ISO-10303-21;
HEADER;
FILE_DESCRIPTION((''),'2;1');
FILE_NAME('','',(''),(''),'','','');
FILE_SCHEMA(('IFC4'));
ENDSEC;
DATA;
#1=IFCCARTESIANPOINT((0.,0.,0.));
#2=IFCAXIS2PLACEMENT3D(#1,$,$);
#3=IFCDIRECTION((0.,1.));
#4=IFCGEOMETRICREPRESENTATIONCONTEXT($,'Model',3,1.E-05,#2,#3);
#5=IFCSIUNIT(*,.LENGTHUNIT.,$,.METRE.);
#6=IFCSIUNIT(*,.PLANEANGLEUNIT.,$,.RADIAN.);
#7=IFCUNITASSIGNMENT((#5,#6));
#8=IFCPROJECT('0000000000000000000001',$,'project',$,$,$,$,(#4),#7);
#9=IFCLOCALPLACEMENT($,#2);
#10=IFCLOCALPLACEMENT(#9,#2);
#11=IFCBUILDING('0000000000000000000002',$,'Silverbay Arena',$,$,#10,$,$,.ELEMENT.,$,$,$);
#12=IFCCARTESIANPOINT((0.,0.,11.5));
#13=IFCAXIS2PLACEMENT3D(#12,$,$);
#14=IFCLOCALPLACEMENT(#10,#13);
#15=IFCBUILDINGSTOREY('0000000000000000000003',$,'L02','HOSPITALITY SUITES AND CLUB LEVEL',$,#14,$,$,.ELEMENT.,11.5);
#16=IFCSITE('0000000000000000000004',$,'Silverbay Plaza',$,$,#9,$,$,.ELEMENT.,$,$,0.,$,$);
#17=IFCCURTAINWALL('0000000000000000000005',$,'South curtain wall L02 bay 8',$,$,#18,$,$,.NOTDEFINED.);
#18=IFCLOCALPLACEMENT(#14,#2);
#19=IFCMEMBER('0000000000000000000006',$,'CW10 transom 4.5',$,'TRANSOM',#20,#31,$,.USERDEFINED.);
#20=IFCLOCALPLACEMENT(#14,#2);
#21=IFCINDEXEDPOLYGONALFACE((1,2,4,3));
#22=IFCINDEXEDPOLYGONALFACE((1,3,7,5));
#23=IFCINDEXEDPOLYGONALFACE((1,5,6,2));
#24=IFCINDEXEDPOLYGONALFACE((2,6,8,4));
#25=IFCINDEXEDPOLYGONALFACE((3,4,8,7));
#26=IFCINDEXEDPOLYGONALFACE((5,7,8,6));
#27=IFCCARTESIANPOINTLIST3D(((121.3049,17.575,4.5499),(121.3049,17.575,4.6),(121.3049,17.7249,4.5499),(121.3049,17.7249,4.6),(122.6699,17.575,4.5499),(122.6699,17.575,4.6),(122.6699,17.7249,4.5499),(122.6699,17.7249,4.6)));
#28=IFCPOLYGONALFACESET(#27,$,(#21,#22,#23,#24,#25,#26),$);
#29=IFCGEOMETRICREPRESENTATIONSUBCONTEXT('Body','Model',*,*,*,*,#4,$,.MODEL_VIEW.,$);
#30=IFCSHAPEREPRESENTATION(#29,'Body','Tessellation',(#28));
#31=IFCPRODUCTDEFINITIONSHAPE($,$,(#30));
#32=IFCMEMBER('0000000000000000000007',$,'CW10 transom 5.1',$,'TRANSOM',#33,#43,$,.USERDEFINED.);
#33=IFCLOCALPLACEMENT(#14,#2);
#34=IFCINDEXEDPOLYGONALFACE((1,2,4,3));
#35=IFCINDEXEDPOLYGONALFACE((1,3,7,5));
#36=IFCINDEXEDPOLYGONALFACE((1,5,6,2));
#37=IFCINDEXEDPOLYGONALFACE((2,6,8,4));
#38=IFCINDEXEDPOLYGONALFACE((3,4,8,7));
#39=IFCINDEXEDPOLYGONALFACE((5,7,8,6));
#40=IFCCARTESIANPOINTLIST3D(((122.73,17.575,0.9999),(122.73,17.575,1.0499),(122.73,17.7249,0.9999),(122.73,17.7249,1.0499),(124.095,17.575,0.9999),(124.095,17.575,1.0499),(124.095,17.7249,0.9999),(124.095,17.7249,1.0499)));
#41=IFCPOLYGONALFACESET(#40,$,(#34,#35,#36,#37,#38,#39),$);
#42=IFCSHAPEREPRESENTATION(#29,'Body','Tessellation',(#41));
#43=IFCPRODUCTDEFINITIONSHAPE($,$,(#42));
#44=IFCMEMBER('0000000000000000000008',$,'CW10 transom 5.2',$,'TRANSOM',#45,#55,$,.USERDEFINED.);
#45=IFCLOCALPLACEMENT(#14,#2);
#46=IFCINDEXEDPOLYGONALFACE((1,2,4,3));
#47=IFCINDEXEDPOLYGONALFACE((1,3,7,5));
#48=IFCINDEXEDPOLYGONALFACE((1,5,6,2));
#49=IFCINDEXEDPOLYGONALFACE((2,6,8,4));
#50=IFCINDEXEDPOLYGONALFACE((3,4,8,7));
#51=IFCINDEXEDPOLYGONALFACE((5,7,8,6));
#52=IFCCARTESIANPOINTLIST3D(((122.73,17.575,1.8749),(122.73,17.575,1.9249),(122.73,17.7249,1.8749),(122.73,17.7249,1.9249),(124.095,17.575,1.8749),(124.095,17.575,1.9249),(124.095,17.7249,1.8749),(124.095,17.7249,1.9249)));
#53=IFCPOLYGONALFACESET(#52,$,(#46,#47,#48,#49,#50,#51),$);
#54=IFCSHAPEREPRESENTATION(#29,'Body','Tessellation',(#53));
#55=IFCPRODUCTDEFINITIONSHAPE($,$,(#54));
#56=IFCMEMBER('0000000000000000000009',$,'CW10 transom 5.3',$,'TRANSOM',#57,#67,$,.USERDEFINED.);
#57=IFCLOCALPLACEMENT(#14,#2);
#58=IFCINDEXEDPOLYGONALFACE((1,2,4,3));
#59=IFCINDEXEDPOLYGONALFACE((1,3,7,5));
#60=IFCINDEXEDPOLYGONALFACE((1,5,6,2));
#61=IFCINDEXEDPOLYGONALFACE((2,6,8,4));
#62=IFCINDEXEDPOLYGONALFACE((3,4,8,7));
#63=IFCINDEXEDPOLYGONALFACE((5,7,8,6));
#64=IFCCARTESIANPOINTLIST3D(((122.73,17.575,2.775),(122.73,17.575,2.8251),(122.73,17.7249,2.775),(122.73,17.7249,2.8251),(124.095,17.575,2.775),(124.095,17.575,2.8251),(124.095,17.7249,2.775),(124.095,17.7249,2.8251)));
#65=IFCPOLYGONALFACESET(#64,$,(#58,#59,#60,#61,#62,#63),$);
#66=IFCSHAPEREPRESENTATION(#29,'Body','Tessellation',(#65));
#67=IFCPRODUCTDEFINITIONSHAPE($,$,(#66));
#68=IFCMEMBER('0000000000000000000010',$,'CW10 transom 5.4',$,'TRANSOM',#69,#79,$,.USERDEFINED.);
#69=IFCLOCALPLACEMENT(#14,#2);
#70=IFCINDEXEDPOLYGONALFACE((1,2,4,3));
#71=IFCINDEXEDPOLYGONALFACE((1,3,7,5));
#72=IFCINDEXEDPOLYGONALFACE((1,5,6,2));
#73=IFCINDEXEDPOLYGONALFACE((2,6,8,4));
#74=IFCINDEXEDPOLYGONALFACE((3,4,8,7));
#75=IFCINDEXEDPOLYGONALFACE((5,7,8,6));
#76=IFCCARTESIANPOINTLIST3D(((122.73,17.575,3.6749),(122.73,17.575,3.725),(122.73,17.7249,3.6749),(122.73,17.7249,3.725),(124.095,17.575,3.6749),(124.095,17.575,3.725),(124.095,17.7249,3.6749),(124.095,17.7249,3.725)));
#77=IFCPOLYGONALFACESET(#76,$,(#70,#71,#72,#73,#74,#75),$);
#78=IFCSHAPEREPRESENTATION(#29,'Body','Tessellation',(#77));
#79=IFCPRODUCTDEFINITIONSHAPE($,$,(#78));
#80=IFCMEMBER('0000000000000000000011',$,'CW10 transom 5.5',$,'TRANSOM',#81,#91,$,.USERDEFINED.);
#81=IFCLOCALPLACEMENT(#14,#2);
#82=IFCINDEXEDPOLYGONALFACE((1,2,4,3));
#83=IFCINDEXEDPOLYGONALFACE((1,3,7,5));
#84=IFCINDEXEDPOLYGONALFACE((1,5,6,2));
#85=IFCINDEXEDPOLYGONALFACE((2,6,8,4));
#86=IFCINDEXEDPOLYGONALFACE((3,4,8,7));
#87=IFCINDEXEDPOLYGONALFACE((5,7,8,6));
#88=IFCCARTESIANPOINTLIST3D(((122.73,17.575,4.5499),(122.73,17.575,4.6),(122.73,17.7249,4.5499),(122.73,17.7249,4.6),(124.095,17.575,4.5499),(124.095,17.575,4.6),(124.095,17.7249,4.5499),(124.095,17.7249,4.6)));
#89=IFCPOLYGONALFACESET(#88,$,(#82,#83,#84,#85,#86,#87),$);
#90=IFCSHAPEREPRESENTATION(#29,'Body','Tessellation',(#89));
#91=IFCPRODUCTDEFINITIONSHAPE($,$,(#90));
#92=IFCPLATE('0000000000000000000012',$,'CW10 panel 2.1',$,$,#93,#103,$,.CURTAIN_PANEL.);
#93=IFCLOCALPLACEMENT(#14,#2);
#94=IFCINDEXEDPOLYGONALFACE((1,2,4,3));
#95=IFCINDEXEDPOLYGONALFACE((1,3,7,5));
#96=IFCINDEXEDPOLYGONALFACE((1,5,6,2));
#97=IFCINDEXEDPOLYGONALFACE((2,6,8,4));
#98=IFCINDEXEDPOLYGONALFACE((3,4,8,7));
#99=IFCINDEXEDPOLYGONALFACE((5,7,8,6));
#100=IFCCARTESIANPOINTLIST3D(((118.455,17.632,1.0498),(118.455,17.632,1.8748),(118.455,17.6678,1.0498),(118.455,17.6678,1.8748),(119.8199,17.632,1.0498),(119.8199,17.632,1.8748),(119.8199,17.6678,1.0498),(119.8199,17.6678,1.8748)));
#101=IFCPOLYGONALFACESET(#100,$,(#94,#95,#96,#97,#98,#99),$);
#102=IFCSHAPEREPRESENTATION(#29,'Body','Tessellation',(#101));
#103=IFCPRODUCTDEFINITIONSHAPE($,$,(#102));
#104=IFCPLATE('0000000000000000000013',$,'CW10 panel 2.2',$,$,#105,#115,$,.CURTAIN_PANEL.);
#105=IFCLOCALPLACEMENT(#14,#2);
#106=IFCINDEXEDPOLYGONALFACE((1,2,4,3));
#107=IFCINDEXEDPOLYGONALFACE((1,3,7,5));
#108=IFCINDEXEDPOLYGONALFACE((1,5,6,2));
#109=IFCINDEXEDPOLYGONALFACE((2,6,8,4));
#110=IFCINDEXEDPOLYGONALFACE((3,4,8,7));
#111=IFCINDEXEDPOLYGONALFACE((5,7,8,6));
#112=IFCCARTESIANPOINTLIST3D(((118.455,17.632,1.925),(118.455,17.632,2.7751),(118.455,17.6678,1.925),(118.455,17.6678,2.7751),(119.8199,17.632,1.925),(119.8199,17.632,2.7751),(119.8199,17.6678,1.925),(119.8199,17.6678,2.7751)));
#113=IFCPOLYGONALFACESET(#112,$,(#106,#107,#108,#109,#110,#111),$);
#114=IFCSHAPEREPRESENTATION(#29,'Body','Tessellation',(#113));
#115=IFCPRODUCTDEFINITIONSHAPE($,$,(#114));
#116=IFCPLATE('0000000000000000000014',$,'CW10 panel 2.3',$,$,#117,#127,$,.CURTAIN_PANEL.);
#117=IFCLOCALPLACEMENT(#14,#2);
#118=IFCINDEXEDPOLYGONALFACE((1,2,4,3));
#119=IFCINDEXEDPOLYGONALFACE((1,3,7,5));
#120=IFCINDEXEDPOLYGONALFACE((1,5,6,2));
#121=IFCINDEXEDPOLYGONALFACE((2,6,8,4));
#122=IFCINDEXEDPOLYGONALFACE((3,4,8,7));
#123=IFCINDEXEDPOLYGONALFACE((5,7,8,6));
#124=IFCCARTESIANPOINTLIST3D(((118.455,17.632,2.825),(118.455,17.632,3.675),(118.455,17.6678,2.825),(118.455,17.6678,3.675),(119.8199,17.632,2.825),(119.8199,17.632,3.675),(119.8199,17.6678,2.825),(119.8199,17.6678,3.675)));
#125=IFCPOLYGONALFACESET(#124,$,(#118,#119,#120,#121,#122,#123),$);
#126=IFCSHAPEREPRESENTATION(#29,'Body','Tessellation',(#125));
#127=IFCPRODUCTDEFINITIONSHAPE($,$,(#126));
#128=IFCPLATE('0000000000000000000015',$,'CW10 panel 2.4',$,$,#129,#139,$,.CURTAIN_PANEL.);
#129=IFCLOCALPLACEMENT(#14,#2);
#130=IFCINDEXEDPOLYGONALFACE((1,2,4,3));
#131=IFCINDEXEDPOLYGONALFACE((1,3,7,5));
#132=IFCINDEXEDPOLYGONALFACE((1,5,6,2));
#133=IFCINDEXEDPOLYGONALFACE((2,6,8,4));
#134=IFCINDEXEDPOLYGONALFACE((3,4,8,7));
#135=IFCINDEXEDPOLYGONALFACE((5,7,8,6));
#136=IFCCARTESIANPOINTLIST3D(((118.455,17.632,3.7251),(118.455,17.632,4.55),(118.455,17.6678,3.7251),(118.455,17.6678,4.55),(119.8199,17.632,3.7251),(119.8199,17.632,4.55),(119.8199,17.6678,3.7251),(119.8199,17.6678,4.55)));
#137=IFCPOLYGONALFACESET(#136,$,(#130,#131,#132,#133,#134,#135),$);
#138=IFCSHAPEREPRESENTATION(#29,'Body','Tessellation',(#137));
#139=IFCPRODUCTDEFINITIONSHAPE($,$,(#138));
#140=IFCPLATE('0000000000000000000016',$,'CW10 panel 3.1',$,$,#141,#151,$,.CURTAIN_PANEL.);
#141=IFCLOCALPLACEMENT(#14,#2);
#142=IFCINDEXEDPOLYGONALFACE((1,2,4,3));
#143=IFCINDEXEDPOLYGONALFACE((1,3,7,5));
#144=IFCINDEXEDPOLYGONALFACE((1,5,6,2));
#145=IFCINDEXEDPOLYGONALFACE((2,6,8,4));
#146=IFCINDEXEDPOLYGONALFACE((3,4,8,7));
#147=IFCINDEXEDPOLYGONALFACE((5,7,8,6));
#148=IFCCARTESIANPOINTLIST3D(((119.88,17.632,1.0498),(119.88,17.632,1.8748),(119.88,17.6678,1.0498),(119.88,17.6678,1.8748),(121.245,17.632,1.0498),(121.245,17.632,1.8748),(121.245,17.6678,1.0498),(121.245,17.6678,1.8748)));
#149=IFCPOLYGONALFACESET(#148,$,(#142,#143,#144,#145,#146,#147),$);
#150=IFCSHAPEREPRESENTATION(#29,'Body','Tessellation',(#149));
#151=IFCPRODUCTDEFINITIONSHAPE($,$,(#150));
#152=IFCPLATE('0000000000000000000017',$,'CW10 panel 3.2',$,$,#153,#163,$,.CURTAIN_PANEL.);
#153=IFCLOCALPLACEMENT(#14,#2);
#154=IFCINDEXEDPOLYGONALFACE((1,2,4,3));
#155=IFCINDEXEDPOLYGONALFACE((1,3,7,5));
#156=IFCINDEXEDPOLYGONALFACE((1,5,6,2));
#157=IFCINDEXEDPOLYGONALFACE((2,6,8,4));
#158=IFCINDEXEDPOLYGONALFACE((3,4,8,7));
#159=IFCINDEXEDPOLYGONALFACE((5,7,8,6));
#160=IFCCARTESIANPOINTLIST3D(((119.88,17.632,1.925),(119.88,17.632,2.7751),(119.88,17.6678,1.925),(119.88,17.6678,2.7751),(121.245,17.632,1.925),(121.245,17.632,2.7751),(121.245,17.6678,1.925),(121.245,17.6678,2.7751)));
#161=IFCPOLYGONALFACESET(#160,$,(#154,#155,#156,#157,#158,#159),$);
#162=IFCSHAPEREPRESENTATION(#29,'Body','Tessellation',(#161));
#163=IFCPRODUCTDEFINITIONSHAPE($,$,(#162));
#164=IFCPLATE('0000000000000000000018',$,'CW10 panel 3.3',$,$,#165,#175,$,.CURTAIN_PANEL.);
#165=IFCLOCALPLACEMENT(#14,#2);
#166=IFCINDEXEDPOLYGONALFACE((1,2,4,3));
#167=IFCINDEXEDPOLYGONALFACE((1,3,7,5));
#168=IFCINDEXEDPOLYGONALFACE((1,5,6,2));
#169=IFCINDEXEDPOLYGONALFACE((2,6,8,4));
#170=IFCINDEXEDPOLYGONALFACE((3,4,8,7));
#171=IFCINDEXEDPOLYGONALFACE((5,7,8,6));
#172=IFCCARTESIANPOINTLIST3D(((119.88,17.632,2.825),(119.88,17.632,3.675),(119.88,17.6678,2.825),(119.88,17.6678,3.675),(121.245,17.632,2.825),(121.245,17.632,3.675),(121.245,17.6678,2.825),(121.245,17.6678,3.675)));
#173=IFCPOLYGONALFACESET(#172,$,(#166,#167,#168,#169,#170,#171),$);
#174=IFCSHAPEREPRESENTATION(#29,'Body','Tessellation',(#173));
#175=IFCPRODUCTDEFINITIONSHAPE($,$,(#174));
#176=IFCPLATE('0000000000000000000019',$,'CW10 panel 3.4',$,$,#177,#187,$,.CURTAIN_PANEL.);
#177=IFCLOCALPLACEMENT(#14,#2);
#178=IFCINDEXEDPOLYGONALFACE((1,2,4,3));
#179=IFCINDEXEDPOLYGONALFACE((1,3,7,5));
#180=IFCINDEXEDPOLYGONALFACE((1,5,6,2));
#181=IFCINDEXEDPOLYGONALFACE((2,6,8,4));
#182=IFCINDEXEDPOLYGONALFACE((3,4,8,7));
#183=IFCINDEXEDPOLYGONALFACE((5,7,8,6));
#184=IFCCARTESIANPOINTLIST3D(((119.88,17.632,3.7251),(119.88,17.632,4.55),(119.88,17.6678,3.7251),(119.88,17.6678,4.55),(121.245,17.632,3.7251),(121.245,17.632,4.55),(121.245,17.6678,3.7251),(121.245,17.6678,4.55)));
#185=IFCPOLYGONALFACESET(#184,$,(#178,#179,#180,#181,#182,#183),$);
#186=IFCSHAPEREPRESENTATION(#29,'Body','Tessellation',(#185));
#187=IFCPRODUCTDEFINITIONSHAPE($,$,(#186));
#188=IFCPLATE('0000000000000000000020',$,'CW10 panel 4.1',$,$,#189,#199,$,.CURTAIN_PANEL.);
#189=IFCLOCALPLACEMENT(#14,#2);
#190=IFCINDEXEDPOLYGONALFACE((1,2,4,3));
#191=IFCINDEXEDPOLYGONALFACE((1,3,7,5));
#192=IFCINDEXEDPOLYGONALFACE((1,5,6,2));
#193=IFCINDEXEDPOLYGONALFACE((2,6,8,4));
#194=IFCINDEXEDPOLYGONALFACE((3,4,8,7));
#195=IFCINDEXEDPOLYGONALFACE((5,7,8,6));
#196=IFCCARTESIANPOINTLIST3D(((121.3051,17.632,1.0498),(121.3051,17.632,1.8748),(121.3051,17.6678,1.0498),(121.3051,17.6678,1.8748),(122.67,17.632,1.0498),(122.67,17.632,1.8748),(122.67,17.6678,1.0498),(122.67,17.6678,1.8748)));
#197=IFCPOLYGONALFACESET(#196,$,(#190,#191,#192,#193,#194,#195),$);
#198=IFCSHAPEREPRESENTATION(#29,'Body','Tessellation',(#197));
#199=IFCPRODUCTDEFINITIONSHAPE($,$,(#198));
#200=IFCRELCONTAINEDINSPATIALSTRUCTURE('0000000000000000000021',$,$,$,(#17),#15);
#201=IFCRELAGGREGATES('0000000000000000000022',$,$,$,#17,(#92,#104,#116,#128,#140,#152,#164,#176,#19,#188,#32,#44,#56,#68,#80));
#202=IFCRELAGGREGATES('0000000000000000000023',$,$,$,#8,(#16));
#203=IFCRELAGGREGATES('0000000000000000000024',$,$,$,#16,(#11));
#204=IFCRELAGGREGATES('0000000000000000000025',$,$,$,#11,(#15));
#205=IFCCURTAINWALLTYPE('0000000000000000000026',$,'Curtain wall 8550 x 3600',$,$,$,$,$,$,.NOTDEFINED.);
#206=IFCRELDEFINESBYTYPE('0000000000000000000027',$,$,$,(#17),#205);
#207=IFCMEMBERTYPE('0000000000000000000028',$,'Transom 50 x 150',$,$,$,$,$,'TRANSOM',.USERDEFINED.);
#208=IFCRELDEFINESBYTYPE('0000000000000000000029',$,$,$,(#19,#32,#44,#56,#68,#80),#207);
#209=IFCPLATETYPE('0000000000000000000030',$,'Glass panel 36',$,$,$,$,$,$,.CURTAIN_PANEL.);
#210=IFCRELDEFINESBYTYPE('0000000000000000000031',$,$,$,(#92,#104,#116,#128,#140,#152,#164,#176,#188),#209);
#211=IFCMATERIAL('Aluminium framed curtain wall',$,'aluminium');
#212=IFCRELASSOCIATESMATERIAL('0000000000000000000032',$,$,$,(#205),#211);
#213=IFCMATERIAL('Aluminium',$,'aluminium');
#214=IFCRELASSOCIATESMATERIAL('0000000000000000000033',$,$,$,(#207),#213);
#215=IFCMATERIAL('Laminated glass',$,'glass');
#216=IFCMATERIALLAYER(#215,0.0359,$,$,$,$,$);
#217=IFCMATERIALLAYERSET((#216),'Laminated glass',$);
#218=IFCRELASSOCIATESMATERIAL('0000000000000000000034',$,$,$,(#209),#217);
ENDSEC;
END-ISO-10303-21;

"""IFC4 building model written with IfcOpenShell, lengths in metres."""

from ifc_helpers import new_model, si_unit, direction, frame, origin, origin_2d, place, context, subcontext, project, spatial, rectangle, extrude, material, layer, layer_set, material_profile, profile_set, type_object, element, aggregate, save


model = new_model("IFC4")

# Units and contexts
model_context = context("Model", 3, precision=1e-05, world=origin(), true_north=direction((0.0, 1.0)))
body_context = subcontext(model_context, "Body", "Model", "MODEL_VIEW")
ifc_project = project(units=[si_unit("LENGTHUNIT", "METRE"), si_unit("PLANEANGLEUNIT", "RADIAN")], contexts=[model_context])

# Site, building, storey
site_placement = place(None, origin())
site = spatial("IfcSite", under=ifc_project, at=site_placement, Name="Silverbay Plaza", CompositionType="ELEMENT", RefElevation=0.0)
building_placement = place(site_placement, origin())
building = spatial("IfcBuilding", under=site, at=building_placement, Name="Silverbay Arena", CompositionType="ELEMENT")
storey_placement = place(building_placement, frame((0.0, 0.0, 11.5)))
storey = spatial("IfcBuildingStorey", under=building, at=storey_placement, Name="L02", Description="HOSPITALITY SUITES AND CLUB LEVEL", CompositionType="ELEMENT", Elevation=11.5)

# Curtain wall
ifc_material_1 = material(Name="Aluminium framed curtain wall", Category="aluminium")
curtain_wall_type = type_object("IfcCurtainWallType", Name="Curtain wall 8550 x 3600", PredefinedType="NOTDEFINED", material=ifc_material_1)
curtain_wall_placement = place(storey_placement, origin())
curtain_wall = element("IfcCurtainWall", 1, at=curtain_wall_placement, inside=storey, type_object=curtain_wall_type, Name="South curtain wall L02 bay 8", PredefinedType="NOTDEFINED")

# Members
ifc_material_2 = material(Name="Aluminium", Category="aluminium")
ifc_material_profile_1 = material_profile(ifc_material_2, rectangle(XDim=0.1499, YDim=0.05, at=origin_2d()), Name="Transom 50 x 150")
ifc_profile_set_1 = profile_set([ifc_material_profile_1], Name="Aluminium")
member_type_1 = type_object("IfcMemberType", Name="Transom 50 x 150", ElementType="TRANSOM", PredefinedType="USERDEFINED", material=ifc_profile_set_1)
member_1_placement = place(storey_placement, frame((121.3049, 17.6499, 4.575), z_axis=(1.0, 0.0, 0.0), x_axis=(0.0, 1.0, 0.0)))
member_1 = element("IfcMember", 2, at=member_1_placement, type_object=member_type_1, Name="CW10 transom 4.5", ObjectType="TRANSOM", PredefinedType="USERDEFINED", context=body_context, shape_type="SweptSolid", body=[
    extrude(rectangle(XDim=0.1499, YDim=0.05, at=origin_2d()), origin(), (0.0, 0.0, 1.0), 1.365),
])
member_2_placement = place(storey_placement, frame((122.73, 17.6499, 1.0249), z_axis=(1.0, 0.0, 0.0), x_axis=(0.0, 1.0, 0.0)))
member_2 = element("IfcMember", 3, at=member_2_placement, type_object=member_type_1, Name="CW10 transom 5.1", ObjectType="TRANSOM", PredefinedType="USERDEFINED", context=body_context, shape_type="SweptSolid", body=[
    extrude(rectangle(XDim=0.1499, YDim=0.05, at=origin_2d()), origin(), (0.0, 0.0, 1.0), 1.365),
])
member_3_placement = place(storey_placement, frame((122.73, 17.6499, 1.8999), z_axis=(1.0, 0.0, 0.0), x_axis=(0.0, 1.0, 0.0)))
member_3 = element("IfcMember", 4, at=member_3_placement, type_object=member_type_1, Name="CW10 transom 5.2", ObjectType="TRANSOM", PredefinedType="USERDEFINED", context=body_context, shape_type="SweptSolid", body=[
    extrude(rectangle(XDim=0.1499, YDim=0.05, at=origin_2d()), origin(), (0.0, 0.0, 1.0), 1.365),
])
member_4_placement = place(storey_placement, frame((122.73, 17.6499, 2.8), z_axis=(1.0, 0.0, 0.0), x_axis=(0.0, 1.0, 0.0)))
member_4 = element("IfcMember", 5, at=member_4_placement, type_object=member_type_1, Name="CW10 transom 5.3", ObjectType="TRANSOM", PredefinedType="USERDEFINED", context=body_context, shape_type="SweptSolid", body=[
    extrude(rectangle(XDim=0.1499, YDim=0.05, at=origin_2d()), origin(), (0.0, 0.0, 1.0), 1.365),
])
member_5_placement = place(storey_placement, frame((122.73, 17.6499, 3.7), z_axis=(1.0, 0.0, 0.0), x_axis=(0.0, 1.0, 0.0)))
member_5 = element("IfcMember", 6, at=member_5_placement, type_object=member_type_1, Name="CW10 transom 5.4", ObjectType="TRANSOM", PredefinedType="USERDEFINED", context=body_context, shape_type="SweptSolid", body=[
    extrude(rectangle(XDim=0.1499, YDim=0.05, at=origin_2d()), origin(), (0.0, 0.0, 1.0), 1.365),
])
member_6_placement = place(storey_placement, frame((122.73, 17.6499, 4.575), z_axis=(1.0, 0.0, 0.0), x_axis=(0.0, 1.0, 0.0)))
member_6 = element("IfcMember", 7, at=member_6_placement, type_object=member_type_1, Name="CW10 transom 5.5", ObjectType="TRANSOM", PredefinedType="USERDEFINED", context=body_context, shape_type="SweptSolid", body=[
    extrude(rectangle(XDim=0.1499, YDim=0.05, at=origin_2d()), origin(), (0.0, 0.0, 1.0), 1.365),
])

# Plates
ifc_material_3 = material(Name="Laminated glass", Category="glass")
ifc_layer_1 = layer(ifc_material_3, 0.0359)
ifc_layer_set_1 = layer_set([ifc_layer_1], Name="Laminated glass")
plate_type = type_object("IfcPlateType", Name="Glass panel 36", PredefinedType="CURTAIN_PANEL", material=ifc_layer_set_1)
plate_1_placement = place(storey_placement, frame((119.1375, 17.6499, 1.0498), z_axis=(0.0, 0.0, 1.0), x_axis=(1.0, 0.0, 0.0)))
plate_1 = element("IfcPlate", 8, at=plate_1_placement, type_object=plate_type, Name="CW10 panel 2.1", PredefinedType="CURTAIN_PANEL", context=body_context, shape_type="SweptSolid", body=[
    extrude(rectangle(XDim=1.365, YDim=0.0359, at=origin_2d()), origin(), (0.0, 0.0, 1.0), 0.825),
])
plate_2_placement = place(storey_placement, frame((119.1375, 17.6499, 1.925), z_axis=(0.0, 0.0, 1.0), x_axis=(1.0, 0.0, 0.0)))
plate_2 = element("IfcPlate", 9, at=plate_2_placement, type_object=plate_type, Name="CW10 panel 2.2", PredefinedType="CURTAIN_PANEL", context=body_context, shape_type="SweptSolid", body=[
    extrude(rectangle(XDim=1.365, YDim=0.0359, at=origin_2d()), origin(), (0.0, 0.0, 1.0), 0.8501),
])
plate_3_placement = place(storey_placement, frame((119.1375, 17.6499, 2.825), z_axis=(0.0, 0.0, 1.0), x_axis=(1.0, 0.0, 0.0)))
plate_3 = element("IfcPlate", 10, at=plate_3_placement, type_object=plate_type, Name="CW10 panel 2.3", PredefinedType="CURTAIN_PANEL", context=body_context, shape_type="SweptSolid", body=[
    extrude(rectangle(XDim=1.365, YDim=0.0359, at=origin_2d()), origin(), (0.0, 0.0, 1.0), 0.8501),
])
plate_4_placement = place(storey_placement, frame((119.1375, 17.6499, 3.7251), z_axis=(0.0, 0.0, 1.0), x_axis=(1.0, 0.0, 0.0)))
plate_4 = element("IfcPlate", 11, at=plate_4_placement, type_object=plate_type, Name="CW10 panel 2.4", PredefinedType="CURTAIN_PANEL", context=body_context, shape_type="SweptSolid", body=[
    extrude(rectangle(XDim=1.365, YDim=0.0359, at=origin_2d()), origin(), (0.0, 0.0, 1.0), 0.825),
])
plate_5_placement = place(storey_placement, frame((120.5625, 17.6499, 1.0498), z_axis=(0.0, 0.0, 1.0), x_axis=(1.0, 0.0, 0.0)))
plate_5 = element("IfcPlate", 12, at=plate_5_placement, type_object=plate_type, Name="CW10 panel 3.1", PredefinedType="CURTAIN_PANEL", context=body_context, shape_type="SweptSolid", body=[
    extrude(rectangle(XDim=1.365, YDim=0.0359, at=origin_2d()), origin(), (0.0, 0.0, 1.0), 0.825),
])
plate_6_placement = place(storey_placement, frame((120.5625, 17.6499, 1.925), z_axis=(0.0, 0.0, 1.0), x_axis=(1.0, 0.0, 0.0)))
plate_6 = element("IfcPlate", 13, at=plate_6_placement, type_object=plate_type, Name="CW10 panel 3.2", PredefinedType="CURTAIN_PANEL", context=body_context, shape_type="SweptSolid", body=[
    extrude(rectangle(XDim=1.365, YDim=0.0359, at=origin_2d()), origin(), (0.0, 0.0, 1.0), 0.8501),
])
plate_7_placement = place(storey_placement, frame((120.5625, 17.6499, 2.825), z_axis=(0.0, 0.0, 1.0), x_axis=(1.0, 0.0, 0.0)))
plate_7 = element("IfcPlate", 14, at=plate_7_placement, type_object=plate_type, Name="CW10 panel 3.3", PredefinedType="CURTAIN_PANEL", context=body_context, shape_type="SweptSolid", body=[
    extrude(rectangle(XDim=1.365, YDim=0.0359, at=origin_2d()), origin(), (0.0, 0.0, 1.0), 0.8501),
])
plate_8_placement = place(storey_placement, frame((120.5625, 17.6499, 3.7251), z_axis=(0.0, 0.0, 1.0), x_axis=(1.0, 0.0, 0.0)))
plate_8 = element("IfcPlate", 15, at=plate_8_placement, type_object=plate_type, Name="CW10 panel 3.4", PredefinedType="CURTAIN_PANEL", context=body_context, shape_type="SweptSolid", body=[
    extrude(rectangle(XDim=1.365, YDim=0.0359, at=origin_2d()), origin(), (0.0, 0.0, 1.0), 0.825),
])
plate_9_placement = place(storey_placement, frame((121.9875, 17.6499, 1.0498), z_axis=(0.0, 0.0, 1.0), x_axis=(1.0, 0.0, 0.0)))
plate_9 = element("IfcPlate", 16, at=plate_9_placement, type_object=plate_type, Name="CW10 panel 4.1", PredefinedType="CURTAIN_PANEL", context=body_context, shape_type="SweptSolid", body=[
    extrude(rectangle(XDim=1.365, YDim=0.0359, at=origin_2d()), origin(), (0.0, 0.0, 1.0), 0.825),
])
aggregate(curtain_wall, [plate_1, plate_2, plate_3, plate_4, plate_5, plate_6, plate_7, plate_8, member_1, plate_9, member_2, member_3, member_4, member_5, member_6])

save(model, "model.ifc")
